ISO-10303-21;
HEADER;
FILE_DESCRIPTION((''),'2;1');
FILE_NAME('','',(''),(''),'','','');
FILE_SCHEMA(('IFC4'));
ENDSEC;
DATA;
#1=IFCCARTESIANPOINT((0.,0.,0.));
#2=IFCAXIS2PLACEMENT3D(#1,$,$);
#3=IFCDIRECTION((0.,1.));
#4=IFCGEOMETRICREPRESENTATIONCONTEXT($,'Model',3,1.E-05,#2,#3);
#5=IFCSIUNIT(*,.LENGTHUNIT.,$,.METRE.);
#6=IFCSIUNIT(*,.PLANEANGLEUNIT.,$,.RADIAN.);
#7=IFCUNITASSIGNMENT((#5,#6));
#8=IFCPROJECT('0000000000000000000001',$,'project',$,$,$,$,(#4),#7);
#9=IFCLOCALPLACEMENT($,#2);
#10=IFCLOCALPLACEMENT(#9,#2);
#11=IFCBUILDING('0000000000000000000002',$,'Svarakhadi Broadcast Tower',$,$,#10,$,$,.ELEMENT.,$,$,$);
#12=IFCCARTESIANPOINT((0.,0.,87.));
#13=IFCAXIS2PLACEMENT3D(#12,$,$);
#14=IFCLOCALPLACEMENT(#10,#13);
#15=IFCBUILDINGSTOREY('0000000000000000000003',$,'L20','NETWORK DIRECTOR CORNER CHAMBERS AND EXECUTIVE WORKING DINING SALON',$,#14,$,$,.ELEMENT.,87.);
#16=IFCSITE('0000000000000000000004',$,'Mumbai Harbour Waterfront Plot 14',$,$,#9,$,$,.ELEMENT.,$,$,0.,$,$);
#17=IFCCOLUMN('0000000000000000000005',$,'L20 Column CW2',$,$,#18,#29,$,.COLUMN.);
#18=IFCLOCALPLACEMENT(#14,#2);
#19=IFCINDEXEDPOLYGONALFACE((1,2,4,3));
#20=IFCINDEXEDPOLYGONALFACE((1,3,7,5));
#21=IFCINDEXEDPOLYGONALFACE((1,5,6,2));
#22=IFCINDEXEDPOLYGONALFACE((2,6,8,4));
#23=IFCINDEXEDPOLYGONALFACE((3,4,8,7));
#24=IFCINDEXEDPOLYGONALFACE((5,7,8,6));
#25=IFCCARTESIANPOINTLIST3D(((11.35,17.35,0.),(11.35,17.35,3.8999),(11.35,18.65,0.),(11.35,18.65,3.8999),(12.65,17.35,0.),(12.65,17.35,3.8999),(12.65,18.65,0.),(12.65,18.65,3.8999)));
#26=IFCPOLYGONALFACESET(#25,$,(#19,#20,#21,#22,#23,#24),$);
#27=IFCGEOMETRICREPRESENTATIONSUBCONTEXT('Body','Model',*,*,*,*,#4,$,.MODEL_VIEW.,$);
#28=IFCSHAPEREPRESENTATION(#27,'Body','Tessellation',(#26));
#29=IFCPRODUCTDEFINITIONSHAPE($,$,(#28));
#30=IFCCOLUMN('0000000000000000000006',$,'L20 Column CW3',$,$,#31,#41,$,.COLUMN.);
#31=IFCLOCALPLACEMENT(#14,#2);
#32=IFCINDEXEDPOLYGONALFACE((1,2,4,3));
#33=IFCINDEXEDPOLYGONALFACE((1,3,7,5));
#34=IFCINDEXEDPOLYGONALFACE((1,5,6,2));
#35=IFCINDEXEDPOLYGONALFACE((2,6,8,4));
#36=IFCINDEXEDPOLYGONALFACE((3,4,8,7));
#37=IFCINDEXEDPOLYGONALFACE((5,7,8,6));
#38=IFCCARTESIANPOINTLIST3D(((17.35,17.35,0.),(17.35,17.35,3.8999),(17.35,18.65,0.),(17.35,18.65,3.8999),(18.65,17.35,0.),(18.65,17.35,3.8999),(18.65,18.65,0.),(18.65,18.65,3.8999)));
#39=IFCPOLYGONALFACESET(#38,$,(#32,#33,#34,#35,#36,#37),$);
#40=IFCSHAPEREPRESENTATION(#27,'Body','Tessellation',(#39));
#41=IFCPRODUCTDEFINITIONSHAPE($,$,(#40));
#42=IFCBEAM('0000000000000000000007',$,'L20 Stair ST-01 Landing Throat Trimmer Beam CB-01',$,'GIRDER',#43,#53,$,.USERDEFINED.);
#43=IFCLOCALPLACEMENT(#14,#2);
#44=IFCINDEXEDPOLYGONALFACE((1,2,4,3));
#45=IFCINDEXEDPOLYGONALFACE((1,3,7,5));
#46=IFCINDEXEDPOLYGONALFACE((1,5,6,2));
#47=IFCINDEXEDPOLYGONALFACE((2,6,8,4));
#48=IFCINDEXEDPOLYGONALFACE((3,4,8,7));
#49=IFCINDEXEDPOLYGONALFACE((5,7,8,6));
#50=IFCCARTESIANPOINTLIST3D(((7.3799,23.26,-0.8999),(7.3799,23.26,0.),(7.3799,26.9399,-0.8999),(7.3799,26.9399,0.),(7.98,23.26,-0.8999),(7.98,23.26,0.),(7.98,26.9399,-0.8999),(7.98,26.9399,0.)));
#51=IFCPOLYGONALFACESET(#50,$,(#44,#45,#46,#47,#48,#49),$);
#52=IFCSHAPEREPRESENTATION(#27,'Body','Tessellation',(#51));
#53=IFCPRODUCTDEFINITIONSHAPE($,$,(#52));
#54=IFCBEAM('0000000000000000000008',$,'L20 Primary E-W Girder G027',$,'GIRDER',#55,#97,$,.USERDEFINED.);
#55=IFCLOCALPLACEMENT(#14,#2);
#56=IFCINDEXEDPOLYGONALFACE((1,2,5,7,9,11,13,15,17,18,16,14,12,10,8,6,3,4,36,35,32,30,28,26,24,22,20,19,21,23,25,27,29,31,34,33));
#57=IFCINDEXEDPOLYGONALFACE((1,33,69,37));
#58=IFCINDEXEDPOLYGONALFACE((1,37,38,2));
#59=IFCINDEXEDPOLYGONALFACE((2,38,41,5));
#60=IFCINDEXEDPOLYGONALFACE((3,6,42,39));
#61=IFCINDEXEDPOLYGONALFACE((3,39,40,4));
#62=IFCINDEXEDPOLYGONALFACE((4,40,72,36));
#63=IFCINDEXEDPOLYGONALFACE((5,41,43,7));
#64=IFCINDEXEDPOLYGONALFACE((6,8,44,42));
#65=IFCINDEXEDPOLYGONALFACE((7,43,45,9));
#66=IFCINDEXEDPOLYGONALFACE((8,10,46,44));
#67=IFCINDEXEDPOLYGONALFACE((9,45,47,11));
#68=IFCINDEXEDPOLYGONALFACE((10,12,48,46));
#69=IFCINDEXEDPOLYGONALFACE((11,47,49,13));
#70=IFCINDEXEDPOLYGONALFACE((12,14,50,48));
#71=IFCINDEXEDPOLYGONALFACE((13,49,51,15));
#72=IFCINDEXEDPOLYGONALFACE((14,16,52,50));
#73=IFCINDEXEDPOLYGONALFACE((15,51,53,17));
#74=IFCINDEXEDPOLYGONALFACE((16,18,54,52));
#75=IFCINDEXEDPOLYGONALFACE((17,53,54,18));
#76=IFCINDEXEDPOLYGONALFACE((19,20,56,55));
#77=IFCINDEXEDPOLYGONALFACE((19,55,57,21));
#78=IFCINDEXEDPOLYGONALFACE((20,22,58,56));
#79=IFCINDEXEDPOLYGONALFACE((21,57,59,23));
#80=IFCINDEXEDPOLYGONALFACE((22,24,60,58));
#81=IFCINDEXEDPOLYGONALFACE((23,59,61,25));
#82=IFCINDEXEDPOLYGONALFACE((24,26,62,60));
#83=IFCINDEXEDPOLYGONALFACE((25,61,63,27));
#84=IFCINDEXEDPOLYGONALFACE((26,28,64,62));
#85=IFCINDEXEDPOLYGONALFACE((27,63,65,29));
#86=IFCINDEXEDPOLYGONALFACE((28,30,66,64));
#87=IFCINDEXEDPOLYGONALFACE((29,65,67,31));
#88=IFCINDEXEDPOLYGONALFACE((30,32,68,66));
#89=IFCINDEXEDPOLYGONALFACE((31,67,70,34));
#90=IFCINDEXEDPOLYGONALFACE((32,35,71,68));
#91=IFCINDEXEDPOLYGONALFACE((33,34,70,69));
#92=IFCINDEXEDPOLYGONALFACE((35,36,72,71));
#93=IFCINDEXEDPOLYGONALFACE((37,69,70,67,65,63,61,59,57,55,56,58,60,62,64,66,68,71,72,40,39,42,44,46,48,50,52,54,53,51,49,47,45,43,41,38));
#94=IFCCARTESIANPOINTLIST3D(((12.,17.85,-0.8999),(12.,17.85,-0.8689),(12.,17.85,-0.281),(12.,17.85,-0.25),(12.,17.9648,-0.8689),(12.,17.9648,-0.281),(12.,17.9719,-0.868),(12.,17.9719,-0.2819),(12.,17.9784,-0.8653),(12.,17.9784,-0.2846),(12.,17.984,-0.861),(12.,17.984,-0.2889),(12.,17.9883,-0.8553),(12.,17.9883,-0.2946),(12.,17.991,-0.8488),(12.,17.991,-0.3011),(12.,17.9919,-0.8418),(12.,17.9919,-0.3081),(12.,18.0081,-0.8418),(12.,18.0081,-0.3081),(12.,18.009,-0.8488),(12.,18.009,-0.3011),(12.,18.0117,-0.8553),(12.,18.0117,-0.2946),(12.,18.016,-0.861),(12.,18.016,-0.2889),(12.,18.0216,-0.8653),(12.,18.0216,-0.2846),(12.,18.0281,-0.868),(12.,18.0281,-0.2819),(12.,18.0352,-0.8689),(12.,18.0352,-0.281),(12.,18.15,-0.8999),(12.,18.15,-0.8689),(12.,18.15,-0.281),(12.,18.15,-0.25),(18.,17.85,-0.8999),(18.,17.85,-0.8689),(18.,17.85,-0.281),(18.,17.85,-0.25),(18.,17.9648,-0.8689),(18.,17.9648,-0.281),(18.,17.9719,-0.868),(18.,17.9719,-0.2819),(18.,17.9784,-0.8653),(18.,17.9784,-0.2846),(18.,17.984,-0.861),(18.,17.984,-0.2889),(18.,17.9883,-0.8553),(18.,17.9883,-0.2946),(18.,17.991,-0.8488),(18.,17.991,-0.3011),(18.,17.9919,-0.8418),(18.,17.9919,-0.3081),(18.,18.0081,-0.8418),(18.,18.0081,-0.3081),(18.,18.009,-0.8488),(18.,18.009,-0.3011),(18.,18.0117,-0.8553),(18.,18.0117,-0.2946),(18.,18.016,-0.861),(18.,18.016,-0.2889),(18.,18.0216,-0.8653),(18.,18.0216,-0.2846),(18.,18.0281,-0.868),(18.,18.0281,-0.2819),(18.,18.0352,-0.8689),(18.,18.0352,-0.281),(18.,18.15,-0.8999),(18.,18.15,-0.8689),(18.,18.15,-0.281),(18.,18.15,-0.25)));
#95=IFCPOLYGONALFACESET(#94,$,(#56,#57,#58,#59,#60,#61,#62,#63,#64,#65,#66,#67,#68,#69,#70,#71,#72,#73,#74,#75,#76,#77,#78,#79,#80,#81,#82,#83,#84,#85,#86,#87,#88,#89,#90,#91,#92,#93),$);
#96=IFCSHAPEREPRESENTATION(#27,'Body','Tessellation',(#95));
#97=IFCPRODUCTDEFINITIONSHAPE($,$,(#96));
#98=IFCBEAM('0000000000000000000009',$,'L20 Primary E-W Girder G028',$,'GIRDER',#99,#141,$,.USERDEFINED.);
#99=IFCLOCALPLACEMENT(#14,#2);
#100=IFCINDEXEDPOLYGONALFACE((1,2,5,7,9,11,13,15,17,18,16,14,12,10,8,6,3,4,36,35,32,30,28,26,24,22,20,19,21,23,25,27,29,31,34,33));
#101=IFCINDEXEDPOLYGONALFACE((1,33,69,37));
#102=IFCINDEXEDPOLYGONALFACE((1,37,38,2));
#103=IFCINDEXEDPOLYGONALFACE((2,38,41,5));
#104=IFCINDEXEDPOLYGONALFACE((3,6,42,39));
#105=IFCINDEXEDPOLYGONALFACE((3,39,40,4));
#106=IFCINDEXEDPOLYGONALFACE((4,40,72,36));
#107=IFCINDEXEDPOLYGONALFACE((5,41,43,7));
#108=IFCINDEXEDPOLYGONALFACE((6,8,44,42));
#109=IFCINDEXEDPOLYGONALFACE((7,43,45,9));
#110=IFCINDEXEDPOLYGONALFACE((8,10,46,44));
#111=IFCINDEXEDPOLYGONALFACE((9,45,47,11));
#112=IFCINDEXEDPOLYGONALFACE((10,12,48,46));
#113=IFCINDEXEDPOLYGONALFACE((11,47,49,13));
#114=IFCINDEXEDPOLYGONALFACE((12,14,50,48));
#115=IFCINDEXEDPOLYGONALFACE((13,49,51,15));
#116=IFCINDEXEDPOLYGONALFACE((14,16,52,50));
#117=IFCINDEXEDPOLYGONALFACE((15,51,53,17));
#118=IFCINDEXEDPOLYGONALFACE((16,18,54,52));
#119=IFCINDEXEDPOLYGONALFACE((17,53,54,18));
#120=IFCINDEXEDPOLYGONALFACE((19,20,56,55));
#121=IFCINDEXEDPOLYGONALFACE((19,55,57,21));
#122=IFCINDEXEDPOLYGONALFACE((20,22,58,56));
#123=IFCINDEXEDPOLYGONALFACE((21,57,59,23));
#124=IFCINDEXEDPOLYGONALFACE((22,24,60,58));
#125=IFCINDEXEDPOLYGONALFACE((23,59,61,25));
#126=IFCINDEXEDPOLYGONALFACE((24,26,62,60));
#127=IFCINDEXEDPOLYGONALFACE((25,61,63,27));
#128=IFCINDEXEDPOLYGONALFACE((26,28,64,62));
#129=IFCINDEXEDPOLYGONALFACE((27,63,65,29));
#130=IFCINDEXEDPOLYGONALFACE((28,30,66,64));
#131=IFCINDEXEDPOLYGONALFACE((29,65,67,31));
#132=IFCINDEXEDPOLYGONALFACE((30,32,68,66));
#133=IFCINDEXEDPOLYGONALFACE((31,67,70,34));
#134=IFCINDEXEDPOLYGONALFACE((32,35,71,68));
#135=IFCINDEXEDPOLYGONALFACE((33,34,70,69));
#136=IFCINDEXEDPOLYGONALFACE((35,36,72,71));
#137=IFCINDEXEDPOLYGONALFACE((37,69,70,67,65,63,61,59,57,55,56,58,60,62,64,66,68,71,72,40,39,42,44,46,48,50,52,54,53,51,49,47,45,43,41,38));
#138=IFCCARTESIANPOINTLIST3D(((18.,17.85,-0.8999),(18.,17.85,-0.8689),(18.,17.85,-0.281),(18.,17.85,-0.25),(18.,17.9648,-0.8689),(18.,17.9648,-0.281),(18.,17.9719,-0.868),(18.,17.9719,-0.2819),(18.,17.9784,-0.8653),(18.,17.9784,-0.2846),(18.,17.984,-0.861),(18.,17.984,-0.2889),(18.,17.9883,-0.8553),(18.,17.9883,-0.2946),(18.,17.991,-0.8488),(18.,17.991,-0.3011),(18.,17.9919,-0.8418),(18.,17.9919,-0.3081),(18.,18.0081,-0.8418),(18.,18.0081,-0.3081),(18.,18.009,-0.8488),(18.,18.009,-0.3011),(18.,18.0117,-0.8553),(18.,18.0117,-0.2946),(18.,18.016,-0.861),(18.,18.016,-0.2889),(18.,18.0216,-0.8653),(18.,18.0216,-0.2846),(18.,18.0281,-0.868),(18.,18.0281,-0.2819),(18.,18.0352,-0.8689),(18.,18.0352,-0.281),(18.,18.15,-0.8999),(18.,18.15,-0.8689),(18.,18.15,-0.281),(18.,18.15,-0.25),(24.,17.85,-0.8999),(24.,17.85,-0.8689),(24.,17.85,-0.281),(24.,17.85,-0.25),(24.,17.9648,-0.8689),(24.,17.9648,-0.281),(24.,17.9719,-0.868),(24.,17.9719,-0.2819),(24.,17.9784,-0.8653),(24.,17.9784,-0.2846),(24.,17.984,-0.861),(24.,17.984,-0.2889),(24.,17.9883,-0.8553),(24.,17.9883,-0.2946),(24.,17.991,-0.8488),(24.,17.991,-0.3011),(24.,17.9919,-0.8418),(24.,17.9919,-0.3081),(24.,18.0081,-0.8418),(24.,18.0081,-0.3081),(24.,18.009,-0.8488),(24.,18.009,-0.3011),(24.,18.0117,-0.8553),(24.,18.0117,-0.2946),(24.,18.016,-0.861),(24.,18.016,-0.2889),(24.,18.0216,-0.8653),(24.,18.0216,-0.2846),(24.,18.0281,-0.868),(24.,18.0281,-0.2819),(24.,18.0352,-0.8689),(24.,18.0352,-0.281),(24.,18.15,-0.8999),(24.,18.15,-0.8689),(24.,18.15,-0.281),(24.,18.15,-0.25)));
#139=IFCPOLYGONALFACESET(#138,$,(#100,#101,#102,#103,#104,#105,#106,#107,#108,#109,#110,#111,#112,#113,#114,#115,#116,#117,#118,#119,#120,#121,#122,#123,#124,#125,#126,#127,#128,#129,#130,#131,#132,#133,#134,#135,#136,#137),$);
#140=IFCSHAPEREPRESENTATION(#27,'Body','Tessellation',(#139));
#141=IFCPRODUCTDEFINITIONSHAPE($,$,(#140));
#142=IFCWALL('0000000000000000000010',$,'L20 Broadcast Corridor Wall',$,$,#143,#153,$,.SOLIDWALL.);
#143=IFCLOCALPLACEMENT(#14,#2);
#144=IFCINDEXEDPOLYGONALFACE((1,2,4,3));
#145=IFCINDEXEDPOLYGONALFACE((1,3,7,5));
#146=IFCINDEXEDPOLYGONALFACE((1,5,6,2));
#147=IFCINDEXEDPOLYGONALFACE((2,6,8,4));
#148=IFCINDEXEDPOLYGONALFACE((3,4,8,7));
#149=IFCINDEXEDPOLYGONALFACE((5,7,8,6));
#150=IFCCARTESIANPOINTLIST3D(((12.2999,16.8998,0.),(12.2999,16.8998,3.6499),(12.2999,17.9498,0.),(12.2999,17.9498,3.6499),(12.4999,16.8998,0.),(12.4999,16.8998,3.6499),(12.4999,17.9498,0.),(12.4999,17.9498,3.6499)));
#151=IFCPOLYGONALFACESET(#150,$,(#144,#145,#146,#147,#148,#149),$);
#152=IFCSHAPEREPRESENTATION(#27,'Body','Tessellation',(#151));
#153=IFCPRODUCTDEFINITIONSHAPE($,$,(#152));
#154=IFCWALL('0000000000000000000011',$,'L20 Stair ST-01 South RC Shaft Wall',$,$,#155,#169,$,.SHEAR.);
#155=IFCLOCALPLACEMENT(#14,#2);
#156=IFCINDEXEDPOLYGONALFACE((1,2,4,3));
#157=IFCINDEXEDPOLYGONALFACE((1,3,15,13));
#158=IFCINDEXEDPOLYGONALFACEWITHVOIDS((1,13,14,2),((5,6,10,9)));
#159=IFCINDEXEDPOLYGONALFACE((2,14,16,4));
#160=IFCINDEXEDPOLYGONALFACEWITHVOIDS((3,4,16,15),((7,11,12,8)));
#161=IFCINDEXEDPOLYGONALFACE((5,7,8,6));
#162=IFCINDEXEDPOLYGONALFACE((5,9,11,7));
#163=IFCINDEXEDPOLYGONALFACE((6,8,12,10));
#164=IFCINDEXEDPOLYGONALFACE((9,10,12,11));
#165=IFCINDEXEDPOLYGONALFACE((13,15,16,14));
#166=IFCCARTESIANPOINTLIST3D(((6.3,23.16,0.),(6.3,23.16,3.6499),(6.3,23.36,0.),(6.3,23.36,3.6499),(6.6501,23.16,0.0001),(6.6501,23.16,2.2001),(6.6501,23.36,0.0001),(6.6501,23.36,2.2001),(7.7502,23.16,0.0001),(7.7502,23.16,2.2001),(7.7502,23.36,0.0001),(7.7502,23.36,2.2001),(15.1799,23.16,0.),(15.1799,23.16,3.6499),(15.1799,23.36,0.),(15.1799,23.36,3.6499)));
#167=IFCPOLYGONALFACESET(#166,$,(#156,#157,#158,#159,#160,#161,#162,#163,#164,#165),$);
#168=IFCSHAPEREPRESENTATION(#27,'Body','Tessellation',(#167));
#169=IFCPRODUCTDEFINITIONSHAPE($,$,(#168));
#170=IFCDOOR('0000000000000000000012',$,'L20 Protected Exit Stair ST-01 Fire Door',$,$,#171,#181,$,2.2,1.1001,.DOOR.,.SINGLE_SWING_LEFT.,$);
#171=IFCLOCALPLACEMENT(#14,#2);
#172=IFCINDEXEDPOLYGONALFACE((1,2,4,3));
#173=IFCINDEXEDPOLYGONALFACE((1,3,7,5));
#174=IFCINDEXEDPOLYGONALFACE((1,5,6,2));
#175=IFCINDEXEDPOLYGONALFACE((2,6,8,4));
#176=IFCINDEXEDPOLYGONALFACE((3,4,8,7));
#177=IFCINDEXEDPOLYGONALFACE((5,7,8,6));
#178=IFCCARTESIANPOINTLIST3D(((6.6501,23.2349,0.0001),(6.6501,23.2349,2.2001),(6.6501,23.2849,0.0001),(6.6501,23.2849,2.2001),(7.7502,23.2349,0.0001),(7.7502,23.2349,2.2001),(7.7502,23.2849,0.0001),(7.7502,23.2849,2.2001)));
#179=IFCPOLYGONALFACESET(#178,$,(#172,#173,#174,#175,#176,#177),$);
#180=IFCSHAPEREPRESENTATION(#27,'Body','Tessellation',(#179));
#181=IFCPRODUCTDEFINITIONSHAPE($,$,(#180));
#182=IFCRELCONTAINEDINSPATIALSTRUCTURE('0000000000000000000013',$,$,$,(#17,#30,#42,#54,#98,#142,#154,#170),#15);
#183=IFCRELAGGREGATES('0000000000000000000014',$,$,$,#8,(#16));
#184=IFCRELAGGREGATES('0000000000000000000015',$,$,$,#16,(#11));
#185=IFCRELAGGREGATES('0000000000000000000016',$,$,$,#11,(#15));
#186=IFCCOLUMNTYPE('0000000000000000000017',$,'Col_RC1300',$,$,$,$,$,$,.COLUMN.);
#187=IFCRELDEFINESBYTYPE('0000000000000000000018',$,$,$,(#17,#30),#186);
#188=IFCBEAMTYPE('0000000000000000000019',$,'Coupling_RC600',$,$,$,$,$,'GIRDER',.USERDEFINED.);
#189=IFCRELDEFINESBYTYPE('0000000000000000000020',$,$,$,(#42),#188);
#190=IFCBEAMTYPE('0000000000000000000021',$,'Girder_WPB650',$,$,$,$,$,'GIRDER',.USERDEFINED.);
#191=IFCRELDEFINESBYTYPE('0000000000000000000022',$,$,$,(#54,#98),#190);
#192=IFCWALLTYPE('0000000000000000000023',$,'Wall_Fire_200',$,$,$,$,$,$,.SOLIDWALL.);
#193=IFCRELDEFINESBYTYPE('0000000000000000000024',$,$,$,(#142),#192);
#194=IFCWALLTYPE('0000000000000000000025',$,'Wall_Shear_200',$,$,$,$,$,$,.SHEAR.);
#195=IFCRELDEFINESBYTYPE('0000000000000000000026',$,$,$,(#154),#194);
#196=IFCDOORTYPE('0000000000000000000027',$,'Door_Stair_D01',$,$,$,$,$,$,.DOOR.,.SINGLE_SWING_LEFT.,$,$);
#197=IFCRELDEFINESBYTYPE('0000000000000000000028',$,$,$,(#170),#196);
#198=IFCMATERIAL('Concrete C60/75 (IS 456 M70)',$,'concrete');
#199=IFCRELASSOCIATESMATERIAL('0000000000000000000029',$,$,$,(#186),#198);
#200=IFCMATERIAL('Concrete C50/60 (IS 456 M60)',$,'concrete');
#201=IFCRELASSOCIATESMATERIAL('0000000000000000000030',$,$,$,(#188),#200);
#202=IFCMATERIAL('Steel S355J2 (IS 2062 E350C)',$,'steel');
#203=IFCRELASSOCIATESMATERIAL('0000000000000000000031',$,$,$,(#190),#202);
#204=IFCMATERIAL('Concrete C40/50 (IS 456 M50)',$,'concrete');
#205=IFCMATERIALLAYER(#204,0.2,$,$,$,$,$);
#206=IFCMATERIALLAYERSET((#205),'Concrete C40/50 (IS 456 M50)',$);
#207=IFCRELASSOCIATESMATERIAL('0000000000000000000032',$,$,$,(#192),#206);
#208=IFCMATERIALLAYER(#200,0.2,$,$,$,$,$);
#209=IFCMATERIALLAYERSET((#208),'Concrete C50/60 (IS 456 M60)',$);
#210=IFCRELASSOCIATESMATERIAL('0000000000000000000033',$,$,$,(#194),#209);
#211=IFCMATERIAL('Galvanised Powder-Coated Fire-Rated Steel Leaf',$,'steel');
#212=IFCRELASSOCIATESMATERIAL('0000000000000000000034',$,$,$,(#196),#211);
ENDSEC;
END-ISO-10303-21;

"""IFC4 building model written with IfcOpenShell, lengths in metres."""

from ifc_helpers import new_model, si_unit, direction, frame, frame_2d, origin, origin_2d, place, context, subcontext, project, spatial, rectangle, i_section, extrude, material, layer, layer_set, material_profile, profile_set, type_object, element, fill, save


model = new_model("IFC4")

# Units and contexts
model_context = context("Model", 3, precision=1e-05, world=origin(), true_north=direction((0.0, 1.0)))
body_context = subcontext(model_context, "Body", "Model", "MODEL_VIEW")
ifc_project = project(units=[si_unit("LENGTHUNIT", "METRE"), si_unit("PLANEANGLEUNIT", "RADIAN")], contexts=[model_context])

# Site, building, storey
site_placement = place(None, origin())
site = spatial("IfcSite", under=ifc_project, at=site_placement, Name="Mumbai Harbour Waterfront Plot 14", CompositionType="ELEMENT", RefElevation=0.0)
building_placement = place(site_placement, origin())
building = spatial("IfcBuilding", under=site, at=building_placement, Name="Svarakhadi Broadcast Tower", CompositionType="ELEMENT")
storey_placement = place(building_placement, frame((0.0, 0.0, 87.0)))
storey = spatial("IfcBuildingStorey", under=building, at=storey_placement, Name="L20", Description="NETWORK DIRECTOR CORNER CHAMBERS AND EXECUTIVE WORKING DINING SALON", CompositionType="ELEMENT", Elevation=87.0)

# Columns
ifc_material_1 = material(Name="Concrete C60/75 (IS 456 M70)", Category="concrete")
ifc_material_profile_1 = material_profile(ifc_material_1, rectangle(XDim=1.3, YDim=1.3, at=origin_2d()), Name="RC 1300x1300")
ifc_profile_set_1 = profile_set([ifc_material_profile_1], Name="Concrete C60/75 (IS 456 M70)")
column_type = type_object("IfcColumnType", Name="Col_RC1300", PredefinedType="COLUMN", material=ifc_profile_set_1)
for number, where, z_axis, x_axis, name in (
    (1, (12.0, 18.0, 0.0), (0.0, 0.0, 1.0), (1.0, 0.0, 0.0), "L20 Column CW2"),
    (2, (18.0, 18.0, 0.0), (0.0, 0.0, 1.0), (1.0, 0.0, 0.0), "L20 Column CW3"),
):
    element("IfcColumn", number, at=place(storey_placement, frame(where, z_axis=z_axis, x_axis=x_axis)), inside=storey, type_object=column_type, Name=name, PredefinedType="COLUMN", context=body_context, shape_type="SweptSolid", body=[
        extrude(rectangle(XDim=1.3, YDim=1.3, at=origin_2d()), origin(), (0.0, 0.0, 1.0), 3.8999),
    ])

# Beams
ifc_material_2 = material(Name="Concrete C50/60 (IS 456 M60)", Category="concrete")
ifc_material_profile_2 = material_profile(ifc_material_2, rectangle(XDim=0.6001, YDim=0.8999, at=origin_2d()), Name="RC 600x900")
ifc_profile_set_2 = profile_set([ifc_material_profile_2], Name="Concrete C50/60 (IS 456 M60)")
beam_type_1 = type_object("IfcBeamType", Name="Coupling_RC600", ElementType="GIRDER", PredefinedType="USERDEFINED", material=ifc_profile_set_2)
beam_placement = place(storey_placement, frame((7.6799, 23.26, -0.45), z_axis=(0.0, 1.0, 0.0), x_axis=(-1.0, 0.0, 0.0)))
element("IfcBeam", 3, at=beam_placement, inside=storey, type_object=beam_type_1, Name="L20 Stair ST-01 Landing Throat Trimmer Beam CB-01", ObjectType="GIRDER", PredefinedType="USERDEFINED", context=body_context, shape_type="SweptSolid", body=[
    extrude(rectangle(XDim=0.6001, YDim=0.8999, at=origin_2d()), origin(), (0.0, 0.0, 1.0), 3.6799),
])
ifc_material_3 = material(Name="Steel S355J2 (IS 2062 E350C)", Category="steel")
ifc_material_profile_3 = material_profile(ifc_material_3, i_section(OverallWidth=0.3, OverallDepth=0.6499, WebThickness=0.0161, FlangeThickness=0.031, FilletRadius=0.0271, at=origin_2d()), Name="WPB 650x300x225")
ifc_profile_set_3 = profile_set([ifc_material_profile_3], Name="Steel S355J2 (IS 2062 E350C)")
beam_type_2 = type_object("IfcBeamType", Name="Girder_WPB650", ElementType="GIRDER", PredefinedType="USERDEFINED", material=ifc_profile_set_3)
for number, where, z_axis, x_axis, name in (
    (4, (12.0, 18.0, -0.575), (1.0, 0.0, 0.0), (0.0, 1.0, 0.0), "L20 Primary E-W Girder G027"),
    (5, (18.0, 18.0, -0.575), (1.0, 0.0, 0.0), (0.0, 1.0, 0.0), "L20 Primary E-W Girder G028"),
):
    element("IfcBeam", number, at=place(storey_placement, frame(where, z_axis=z_axis, x_axis=x_axis)), inside=storey, type_object=beam_type_2, Name=name, ObjectType="GIRDER", PredefinedType="USERDEFINED", context=body_context, shape_type="SweptSolid", body=[
        extrude(i_section(OverallWidth=0.3, OverallDepth=0.6499, WebThickness=0.0161, FlangeThickness=0.031, FilletRadius=0.0271, at=origin_2d()), origin(), (0.0, 0.0, 1.0), 6.0),
    ])

# Wall
ifc_material_4 = material(Name="Concrete C40/50 (IS 456 M50)", Category="concrete")
ifc_layer_1 = layer(ifc_material_4, 0.2)
ifc_layer_set_1 = layer_set([ifc_layer_1], Name="Concrete C40/50 (IS 456 M50)")
wall_type_1 = type_object("IfcWallType", Name="Wall_Fire_200", PredefinedType="SOLIDWALL", material=ifc_layer_set_1)
wall_1_placement = place(storey_placement, frame((12.3999, 16.8999, 0.0), z_axis=(0.0, 0.0, 1.0), x_axis=(0.0, 1.0, 0.0)))
element("IfcWall", 6, at=wall_1_placement, inside=storey, type_object=wall_type_1, Name="L20 Broadcast Corridor Wall", PredefinedType="SOLIDWALL", context=body_context, shape_type="SweptSolid", body=[
    extrude(rectangle(XDim=1.05, YDim=0.2, at=frame_2d((0.5249, 0.0))), origin(), (0.0, 0.0, 1.0), 3.6499),
])

# Wall, opening, door
ifc_layer_2 = layer(ifc_material_2, 0.2)
ifc_layer_set_2 = layer_set([ifc_layer_2], Name="Concrete C50/60 (IS 456 M60)")
wall_type_2 = type_object("IfcWallType", Name="Wall_Shear_200", PredefinedType="SHEAR", material=ifc_layer_set_2)
wall_2_placement = place(storey_placement, frame((6.3, 23.26, 0.0), z_axis=(0.0, 0.0, 1.0), x_axis=(1.0, 0.0, 0.0)))
wall_2 = element("IfcWall", 7, at=wall_2_placement, inside=storey, type_object=wall_type_2, Name="L20 Stair ST-01 South RC Shaft Wall", PredefinedType="SHEAR", context=body_context, shape_type="SweptSolid", body=[
    extrude(rectangle(XDim=8.8799, YDim=0.2, at=frame_2d((4.4399, 0.0))), origin(), (0.0, 0.0, 1.0), 3.6499),
])
opening_1_placement = place(wall_2_placement, frame((0.3501, 0.0, 0.0)))
opening_1 = element("IfcOpeningElement", 8, at=opening_1_placement, cuts=wall_2, PredefinedType="OPENING", context=body_context, shape_type="SweptSolid", body=[
    extrude(rectangle(XDim=1.1001, YDim=2.2, at=frame_2d((0.55, 1.1001))), frame((0.0, 0.1099, 0.0), z_axis=(0.0, -1.0, 0.0), x_axis=(1.0, 0.0, 0.0)), (0.0, 0.0, 1.0), 0.22),
])
ifc_material_5 = material(Name="Galvanised Powder-Coated Fire-Rated Steel Leaf", Category="steel")
door_type_1 = type_object("IfcDoorType", Name="Door_Stair_D01", OperationType="SINGLE_SWING_LEFT", PredefinedType="DOOR", material=ifc_material_5)
door_1_placement = place(opening_1_placement, origin())
door_1 = element("IfcDoor", 9, at=door_1_placement, inside=storey, type_object=door_type_1, Name="L20 Protected Exit Stair ST-01 Fire Door", OperationType="SINGLE_SWING_LEFT", OverallHeight=2.2, OverallWidth=1.1001, PredefinedType="DOOR", context=body_context, shape_type="SweptSolid", body=[
    extrude(rectangle(XDim=1.1001, YDim=2.2, at=frame_2d((0.55, 1.1001))), frame((0.0, 0.0249, 0.0), z_axis=(0.0, -1.0, 0.0), x_axis=(1.0, 0.0, 0.0)), (0.0, 0.0, 1.0), 0.05),
])
fill(opening_1, door_1)

save(model, "model.ifc")
